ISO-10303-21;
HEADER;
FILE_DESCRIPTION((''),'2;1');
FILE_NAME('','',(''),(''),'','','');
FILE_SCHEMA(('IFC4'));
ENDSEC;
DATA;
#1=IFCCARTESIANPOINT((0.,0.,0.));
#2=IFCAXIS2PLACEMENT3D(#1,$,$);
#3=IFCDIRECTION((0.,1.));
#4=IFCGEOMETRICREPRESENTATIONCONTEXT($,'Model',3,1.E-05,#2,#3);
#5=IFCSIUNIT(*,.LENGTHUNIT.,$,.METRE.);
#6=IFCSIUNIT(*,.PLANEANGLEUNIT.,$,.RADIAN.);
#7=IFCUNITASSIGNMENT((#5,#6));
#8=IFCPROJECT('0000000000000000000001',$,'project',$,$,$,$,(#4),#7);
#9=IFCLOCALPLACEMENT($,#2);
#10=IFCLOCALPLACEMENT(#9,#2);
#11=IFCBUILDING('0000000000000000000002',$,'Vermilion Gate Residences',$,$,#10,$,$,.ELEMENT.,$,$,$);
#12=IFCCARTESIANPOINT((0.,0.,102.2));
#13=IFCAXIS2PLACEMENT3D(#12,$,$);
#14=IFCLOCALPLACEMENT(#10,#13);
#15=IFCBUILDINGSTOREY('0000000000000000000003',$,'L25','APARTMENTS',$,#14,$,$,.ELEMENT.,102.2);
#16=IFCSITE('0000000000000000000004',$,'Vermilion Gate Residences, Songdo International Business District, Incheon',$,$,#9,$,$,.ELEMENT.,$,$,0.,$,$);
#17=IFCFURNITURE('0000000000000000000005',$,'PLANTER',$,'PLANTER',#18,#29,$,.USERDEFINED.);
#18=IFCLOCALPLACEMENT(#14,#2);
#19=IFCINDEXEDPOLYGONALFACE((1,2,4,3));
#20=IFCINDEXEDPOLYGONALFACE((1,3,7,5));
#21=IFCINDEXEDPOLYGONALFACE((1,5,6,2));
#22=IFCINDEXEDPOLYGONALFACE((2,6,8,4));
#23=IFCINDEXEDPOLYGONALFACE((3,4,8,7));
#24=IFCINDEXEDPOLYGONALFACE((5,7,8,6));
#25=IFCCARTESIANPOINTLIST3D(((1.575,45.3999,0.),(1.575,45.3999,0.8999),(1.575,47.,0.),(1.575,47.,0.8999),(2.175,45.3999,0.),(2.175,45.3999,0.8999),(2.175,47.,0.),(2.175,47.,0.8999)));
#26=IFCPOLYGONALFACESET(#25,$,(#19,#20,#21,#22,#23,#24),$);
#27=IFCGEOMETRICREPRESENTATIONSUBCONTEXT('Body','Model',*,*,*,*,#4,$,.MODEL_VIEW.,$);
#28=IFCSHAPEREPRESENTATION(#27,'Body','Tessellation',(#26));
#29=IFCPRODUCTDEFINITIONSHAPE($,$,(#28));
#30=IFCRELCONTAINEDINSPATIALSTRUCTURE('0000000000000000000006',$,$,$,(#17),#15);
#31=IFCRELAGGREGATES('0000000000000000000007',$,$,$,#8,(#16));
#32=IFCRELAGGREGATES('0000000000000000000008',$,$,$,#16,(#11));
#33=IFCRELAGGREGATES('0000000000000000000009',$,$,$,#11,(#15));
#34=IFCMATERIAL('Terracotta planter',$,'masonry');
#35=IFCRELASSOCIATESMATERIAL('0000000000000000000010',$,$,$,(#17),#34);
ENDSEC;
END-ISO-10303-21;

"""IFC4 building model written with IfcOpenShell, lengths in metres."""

from ifc_helpers import new_model, si_unit, direction, frame, origin, origin_2d, place, context, subcontext, project, spatial, rectangle, extrude, material, element, save


model = new_model("IFC4")

# Units and contexts
model_context = context("Model", 3, precision=1e-05, world=origin(), true_north=direction((0.0, 1.0)))
body_context = subcontext(model_context, "Body", "Model", "MODEL_VIEW")
ifc_project = project(units=[si_unit("LENGTHUNIT", "METRE"), si_unit("PLANEANGLEUNIT", "RADIAN")], contexts=[model_context])

# Site, building, storey
site_placement = place(None, origin())
site = spatial("IfcSite", under=ifc_project, at=site_placement, Name="Vermilion Gate Residences, Songdo International Business District, Incheon", CompositionType="ELEMENT", RefElevation=0.0)
building_placement = place(site_placement, origin())
building = spatial("IfcBuilding", under=site, at=building_placement, Name="Vermilion Gate Residences", CompositionType="ELEMENT")
storey_placement = place(building_placement, frame((0.0, 0.0, 102.2)))
storey = spatial("IfcBuildingStorey", under=building, at=storey_placement, Name="L25", Description="APARTMENTS", CompositionType="ELEMENT", Elevation=102.2)

# Furniture
ifc_material_1 = material(Name="Terracotta planter", Category="masonry")
furniture_placement = place(storey_placement, frame((1.875, 46.2, 0.0), z_axis=(0.0, 0.0, 1.0), x_axis=(0.0, -1.0, 0.0)))
element("IfcFurniture", 1, at=furniture_placement, inside=storey, material=ifc_material_1, Name="PLANTER", ObjectType="PLANTER", PredefinedType="USERDEFINED", context=body_context, shape_type="SweptSolid", body=[
    extrude(rectangle(XDim=1.6001, YDim=0.6001, at=origin_2d()), origin(), (0.0, 0.0, 1.0), 0.8999),
])

save(model, "model.ifc")
